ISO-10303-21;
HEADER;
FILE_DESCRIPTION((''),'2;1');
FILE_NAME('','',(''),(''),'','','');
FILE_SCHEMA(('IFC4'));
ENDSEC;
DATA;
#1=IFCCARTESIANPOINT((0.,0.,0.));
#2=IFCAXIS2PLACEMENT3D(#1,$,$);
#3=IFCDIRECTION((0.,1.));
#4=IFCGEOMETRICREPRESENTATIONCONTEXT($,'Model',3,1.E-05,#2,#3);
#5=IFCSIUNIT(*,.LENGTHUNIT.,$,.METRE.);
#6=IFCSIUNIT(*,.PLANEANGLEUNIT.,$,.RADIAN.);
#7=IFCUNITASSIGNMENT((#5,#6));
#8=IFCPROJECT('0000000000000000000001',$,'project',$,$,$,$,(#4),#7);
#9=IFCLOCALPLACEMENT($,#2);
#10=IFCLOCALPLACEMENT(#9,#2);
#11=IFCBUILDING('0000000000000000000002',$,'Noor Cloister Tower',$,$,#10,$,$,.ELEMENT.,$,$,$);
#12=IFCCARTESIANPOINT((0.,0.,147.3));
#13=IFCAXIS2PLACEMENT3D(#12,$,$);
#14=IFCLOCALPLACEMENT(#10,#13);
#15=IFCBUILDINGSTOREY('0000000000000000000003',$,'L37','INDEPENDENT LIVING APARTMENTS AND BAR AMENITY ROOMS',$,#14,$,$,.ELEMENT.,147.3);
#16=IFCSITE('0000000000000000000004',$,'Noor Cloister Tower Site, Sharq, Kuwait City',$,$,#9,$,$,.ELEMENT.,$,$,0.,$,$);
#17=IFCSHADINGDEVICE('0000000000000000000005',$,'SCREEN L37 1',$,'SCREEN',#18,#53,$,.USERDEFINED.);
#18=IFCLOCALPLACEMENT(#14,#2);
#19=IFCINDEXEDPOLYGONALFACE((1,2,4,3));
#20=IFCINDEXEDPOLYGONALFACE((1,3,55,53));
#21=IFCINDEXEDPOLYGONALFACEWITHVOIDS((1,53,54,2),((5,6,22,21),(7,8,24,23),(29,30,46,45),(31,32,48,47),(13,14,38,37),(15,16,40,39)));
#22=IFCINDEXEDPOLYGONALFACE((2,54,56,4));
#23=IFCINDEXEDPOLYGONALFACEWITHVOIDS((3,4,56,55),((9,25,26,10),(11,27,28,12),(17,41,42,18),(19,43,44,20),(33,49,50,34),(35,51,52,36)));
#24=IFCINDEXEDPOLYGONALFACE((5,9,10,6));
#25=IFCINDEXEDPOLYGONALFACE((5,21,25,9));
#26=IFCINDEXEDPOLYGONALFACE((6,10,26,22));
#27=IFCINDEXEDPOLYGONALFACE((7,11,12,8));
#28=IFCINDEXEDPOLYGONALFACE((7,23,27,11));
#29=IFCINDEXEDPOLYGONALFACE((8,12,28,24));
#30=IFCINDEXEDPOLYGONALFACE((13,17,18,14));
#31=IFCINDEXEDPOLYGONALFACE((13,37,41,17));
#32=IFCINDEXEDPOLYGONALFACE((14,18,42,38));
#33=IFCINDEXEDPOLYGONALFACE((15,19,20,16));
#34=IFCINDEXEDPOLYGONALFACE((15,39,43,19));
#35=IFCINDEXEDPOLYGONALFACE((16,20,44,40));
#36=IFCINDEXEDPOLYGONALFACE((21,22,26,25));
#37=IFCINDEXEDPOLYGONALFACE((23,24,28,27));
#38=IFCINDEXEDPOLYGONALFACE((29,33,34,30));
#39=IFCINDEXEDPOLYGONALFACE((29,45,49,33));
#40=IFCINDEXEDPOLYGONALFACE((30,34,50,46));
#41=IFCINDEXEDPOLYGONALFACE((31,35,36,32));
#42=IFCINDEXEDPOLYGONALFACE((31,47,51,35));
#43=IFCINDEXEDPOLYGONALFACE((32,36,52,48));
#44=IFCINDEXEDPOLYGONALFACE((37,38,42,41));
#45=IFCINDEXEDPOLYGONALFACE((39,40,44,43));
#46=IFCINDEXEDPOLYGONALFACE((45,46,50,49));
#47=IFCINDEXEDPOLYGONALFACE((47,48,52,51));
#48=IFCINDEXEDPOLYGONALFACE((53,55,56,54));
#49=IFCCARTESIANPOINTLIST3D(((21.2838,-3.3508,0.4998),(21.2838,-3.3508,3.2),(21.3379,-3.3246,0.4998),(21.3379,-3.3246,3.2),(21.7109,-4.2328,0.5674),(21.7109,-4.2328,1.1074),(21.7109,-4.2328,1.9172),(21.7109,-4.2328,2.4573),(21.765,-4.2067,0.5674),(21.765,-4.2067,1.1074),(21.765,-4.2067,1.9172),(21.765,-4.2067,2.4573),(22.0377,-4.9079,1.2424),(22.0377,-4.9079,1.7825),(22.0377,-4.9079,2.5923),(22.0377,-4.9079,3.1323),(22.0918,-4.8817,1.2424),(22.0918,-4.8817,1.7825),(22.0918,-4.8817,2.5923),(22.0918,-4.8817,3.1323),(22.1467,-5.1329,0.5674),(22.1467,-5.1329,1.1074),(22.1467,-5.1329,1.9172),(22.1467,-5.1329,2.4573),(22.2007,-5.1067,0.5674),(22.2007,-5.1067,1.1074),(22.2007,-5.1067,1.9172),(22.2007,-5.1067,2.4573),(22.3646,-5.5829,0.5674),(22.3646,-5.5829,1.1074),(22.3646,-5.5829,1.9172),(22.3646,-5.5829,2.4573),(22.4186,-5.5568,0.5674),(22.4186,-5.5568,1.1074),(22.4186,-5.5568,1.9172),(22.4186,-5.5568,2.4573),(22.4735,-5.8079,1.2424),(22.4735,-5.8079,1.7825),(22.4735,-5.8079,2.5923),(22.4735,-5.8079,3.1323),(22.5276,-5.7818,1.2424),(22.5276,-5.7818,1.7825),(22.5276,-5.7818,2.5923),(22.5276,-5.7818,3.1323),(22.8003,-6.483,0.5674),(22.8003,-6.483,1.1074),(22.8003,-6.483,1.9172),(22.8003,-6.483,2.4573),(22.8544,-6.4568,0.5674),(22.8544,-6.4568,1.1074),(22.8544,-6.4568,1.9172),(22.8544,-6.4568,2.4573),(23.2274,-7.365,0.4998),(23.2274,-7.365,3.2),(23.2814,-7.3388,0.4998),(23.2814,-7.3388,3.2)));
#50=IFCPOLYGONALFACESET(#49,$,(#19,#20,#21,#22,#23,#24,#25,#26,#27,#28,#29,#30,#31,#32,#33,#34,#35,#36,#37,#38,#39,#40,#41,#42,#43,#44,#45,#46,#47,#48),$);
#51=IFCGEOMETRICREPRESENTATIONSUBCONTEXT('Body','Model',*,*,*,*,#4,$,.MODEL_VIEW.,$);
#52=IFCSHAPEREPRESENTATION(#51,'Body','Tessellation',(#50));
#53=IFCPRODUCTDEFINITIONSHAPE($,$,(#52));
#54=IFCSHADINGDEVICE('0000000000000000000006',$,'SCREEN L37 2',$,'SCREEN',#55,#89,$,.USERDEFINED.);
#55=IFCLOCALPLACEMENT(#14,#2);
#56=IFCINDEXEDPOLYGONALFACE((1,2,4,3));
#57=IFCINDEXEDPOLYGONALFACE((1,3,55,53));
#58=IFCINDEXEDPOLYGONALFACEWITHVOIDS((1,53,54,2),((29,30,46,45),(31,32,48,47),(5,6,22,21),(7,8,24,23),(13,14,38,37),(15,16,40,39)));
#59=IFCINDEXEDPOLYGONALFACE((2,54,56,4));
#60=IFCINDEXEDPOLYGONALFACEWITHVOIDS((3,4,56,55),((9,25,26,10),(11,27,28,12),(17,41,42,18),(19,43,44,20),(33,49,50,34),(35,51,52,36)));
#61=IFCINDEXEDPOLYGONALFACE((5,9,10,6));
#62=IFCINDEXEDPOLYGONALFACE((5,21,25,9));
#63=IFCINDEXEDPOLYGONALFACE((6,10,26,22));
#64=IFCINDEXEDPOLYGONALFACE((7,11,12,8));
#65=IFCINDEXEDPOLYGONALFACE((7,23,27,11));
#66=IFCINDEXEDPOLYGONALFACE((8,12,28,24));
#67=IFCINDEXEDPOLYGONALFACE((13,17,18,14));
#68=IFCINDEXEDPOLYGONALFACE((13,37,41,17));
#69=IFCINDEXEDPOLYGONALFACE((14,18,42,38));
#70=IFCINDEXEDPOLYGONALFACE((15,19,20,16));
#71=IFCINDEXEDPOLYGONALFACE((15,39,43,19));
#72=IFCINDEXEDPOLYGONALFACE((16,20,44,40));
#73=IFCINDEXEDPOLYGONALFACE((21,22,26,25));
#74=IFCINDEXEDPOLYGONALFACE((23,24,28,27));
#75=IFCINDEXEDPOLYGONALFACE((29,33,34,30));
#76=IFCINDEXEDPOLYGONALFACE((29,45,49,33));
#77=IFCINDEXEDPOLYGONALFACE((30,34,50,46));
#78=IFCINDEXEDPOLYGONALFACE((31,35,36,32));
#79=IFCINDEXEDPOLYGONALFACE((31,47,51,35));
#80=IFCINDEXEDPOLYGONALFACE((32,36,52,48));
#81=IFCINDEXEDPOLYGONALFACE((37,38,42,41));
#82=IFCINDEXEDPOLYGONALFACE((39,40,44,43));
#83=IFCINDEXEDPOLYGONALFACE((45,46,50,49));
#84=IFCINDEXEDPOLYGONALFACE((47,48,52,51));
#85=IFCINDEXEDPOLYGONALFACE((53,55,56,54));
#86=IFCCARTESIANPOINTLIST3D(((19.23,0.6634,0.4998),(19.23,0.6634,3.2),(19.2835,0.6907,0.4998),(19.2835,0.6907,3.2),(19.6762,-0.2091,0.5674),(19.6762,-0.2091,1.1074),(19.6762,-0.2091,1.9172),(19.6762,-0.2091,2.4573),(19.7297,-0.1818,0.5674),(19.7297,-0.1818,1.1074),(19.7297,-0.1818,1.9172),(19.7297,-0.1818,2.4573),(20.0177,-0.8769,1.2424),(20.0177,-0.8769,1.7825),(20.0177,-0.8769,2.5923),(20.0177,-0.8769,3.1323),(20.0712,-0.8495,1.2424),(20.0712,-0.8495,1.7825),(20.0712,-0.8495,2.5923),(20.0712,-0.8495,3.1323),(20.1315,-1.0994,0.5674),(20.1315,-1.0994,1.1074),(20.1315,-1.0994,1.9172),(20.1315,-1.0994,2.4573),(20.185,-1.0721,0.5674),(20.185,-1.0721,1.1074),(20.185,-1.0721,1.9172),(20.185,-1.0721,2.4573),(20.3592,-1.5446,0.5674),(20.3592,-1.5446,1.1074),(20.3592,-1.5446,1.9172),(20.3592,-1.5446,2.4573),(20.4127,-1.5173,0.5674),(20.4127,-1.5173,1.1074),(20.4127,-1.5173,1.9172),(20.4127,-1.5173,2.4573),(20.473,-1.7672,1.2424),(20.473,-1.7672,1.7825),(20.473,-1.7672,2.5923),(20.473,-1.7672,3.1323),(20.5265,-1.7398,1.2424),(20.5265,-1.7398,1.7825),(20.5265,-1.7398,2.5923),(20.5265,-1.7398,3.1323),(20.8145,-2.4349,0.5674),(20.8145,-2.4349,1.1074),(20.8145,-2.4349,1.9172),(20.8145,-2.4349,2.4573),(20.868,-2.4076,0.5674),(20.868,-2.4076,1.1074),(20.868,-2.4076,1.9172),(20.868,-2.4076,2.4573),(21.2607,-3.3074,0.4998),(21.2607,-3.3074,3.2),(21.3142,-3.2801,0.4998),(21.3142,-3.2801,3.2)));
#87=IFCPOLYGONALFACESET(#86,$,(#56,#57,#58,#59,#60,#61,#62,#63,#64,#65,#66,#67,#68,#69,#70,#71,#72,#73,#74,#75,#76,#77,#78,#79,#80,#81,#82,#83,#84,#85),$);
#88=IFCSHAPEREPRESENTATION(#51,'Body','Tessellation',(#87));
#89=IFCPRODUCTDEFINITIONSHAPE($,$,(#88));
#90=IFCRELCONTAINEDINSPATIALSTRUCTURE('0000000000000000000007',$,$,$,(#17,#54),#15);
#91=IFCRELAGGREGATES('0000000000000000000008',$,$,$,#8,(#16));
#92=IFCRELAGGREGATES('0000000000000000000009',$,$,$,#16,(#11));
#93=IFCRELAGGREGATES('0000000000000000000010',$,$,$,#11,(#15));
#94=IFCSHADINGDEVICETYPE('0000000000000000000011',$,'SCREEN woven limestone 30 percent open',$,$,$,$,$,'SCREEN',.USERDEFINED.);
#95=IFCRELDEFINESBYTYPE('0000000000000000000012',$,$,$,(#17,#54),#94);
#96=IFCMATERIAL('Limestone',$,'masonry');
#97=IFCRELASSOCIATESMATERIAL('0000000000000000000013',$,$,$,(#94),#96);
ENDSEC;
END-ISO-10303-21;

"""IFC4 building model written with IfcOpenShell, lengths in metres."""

from ifc_helpers import new_model, si_unit, direction, frame, origin, place, context, subcontext, project, spatial, polyline, outline, extrude, material, material_profile, profile_set, type_object, element, save


model = new_model("IFC4")

# Units and contexts
model_context = context("Model", 3, precision=1e-05, world=origin(), true_north=direction((0.0, 1.0)))
body_context = subcontext(model_context, "Body", "Model", "MODEL_VIEW")
ifc_project = project(units=[si_unit("LENGTHUNIT", "METRE"), si_unit("PLANEANGLEUNIT", "RADIAN")], contexts=[model_context])

# Site, building, storey
site_placement = place(None, origin())
site = spatial("IfcSite", under=ifc_project, at=site_placement, Name="Noor Cloister Tower Site, Sharq, Kuwait City", CompositionType="ELEMENT", RefElevation=0.0)
building_placement = place(site_placement, origin())
building = spatial("IfcBuilding", under=site, at=building_placement, Name="Noor Cloister Tower", CompositionType="ELEMENT")
storey_placement = place(building_placement, frame((0.0, 0.0, 147.3)))
storey = spatial("IfcBuildingStorey", under=building, at=storey_placement, Name="L37", Description="INDEPENDENT LIVING APARTMENTS AND BAR AMENITY ROOMS", CompositionType="ELEMENT", Elevation=147.3)

# Shading devices
ifc_material_1 = material(Name="Limestone", Category="masonry")
ifc_material_profile_1 = material_profile(ifc_material_1, outline(polyline([(-2.23, -1.3501), (2.23, -1.3501), (2.23, 1.3501), (-2.23, 1.3501), (-2.23, -1.3501)]), holes=[polyline([(-1.25, -1.2825), (-0.25, -1.2825), (-0.25, -0.7424), (-1.25, -0.7424), (-1.25, -1.2825)]), polyline([(0.25, -1.2825), (1.25, -1.2825), (1.25, -0.7424), (0.25, -0.7424), (0.25, -1.2825)]), polyline([(-0.5, -0.6074), (0.5, -0.6074), (0.5, -0.0674), (-0.5, -0.0674), (-0.5, -0.6074)]), polyline([(-1.25, 0.0674), (-0.25, 0.0674), (-0.25, 0.6074), (-1.25, 0.6074), (-1.25, 0.0674)]), polyline([(0.25, 0.0674), (1.25, 0.0674), (1.25, 0.6074), (0.25, 0.6074), (0.25, 0.0674)]), polyline([(-0.5, 0.7424), (0.5, 0.7424), (0.5, 1.2825), (-0.5, 1.2825), (-0.5, 0.7424)])]), Name="Woven screen 30 percent open")
ifc_profile_set_1 = profile_set([ifc_material_profile_1], Name="Limestone")
shading_device_type = type_object("IfcShadingDeviceType", Name="SCREEN woven limestone 30 percent open", ElementType="SCREEN", PredefinedType="USERDEFINED", material=ifc_profile_set_1)
for number, where, z_axis, x_axis, name in (
    (1, (22.2556, -5.3579, 1.8499), (0.900056, 0.435774, 0.0), (-0.435774, 0.900056, 0.0), "SCREEN L37 1"),
    (2, (20.2454, -1.322, 1.8499), (0.890325, 0.455326, 0.0), (-0.455326, 0.890325, 0.0), "SCREEN L37 2"),
):
    element("IfcShadingDevice", number, at=place(storey_placement, frame(where, z_axis=z_axis, x_axis=x_axis)), inside=storey, type_object=shading_device_type, Name=name, ObjectType="SCREEN", PredefinedType="USERDEFINED", context=body_context, shape_type="SweptSolid", body=[
        extrude(outline(polyline([(-2.23, -1.3501), (2.23, -1.3501), (2.23, 1.3501), (-2.23, 1.3501), (-2.23, -1.3501)]), holes=[polyline([(-1.25, -1.2825), (-0.25, -1.2825), (-0.25, -0.7424), (-1.25, -0.7424), (-1.25, -1.2825)]), polyline([(0.25, -1.2825), (1.25, -1.2825), (1.25, -0.7424), (0.25, -0.7424), (0.25, -1.2825)]), polyline([(-0.5, -0.6074), (0.5, -0.6074), (0.5, -0.0674), (-0.5, -0.0674), (-0.5, -0.6074)]), polyline([(-1.25, 0.0674), (-0.25, 0.0674), (-0.25, 0.6074), (-1.25, 0.6074), (-1.25, 0.0674)]), polyline([(0.25, 0.0674), (1.25, 0.0674), (1.25, 0.6074), (0.25, 0.6074), (0.25, 0.0674)]), polyline([(-0.5, 0.7424), (0.5, 0.7424), (0.5, 1.2825), (-0.5, 1.2825), (-0.5, 0.7424)])]), origin(), (0.0, 0.0, 1.0), 0.0601),
    ])

save(model, "model.ifc")
